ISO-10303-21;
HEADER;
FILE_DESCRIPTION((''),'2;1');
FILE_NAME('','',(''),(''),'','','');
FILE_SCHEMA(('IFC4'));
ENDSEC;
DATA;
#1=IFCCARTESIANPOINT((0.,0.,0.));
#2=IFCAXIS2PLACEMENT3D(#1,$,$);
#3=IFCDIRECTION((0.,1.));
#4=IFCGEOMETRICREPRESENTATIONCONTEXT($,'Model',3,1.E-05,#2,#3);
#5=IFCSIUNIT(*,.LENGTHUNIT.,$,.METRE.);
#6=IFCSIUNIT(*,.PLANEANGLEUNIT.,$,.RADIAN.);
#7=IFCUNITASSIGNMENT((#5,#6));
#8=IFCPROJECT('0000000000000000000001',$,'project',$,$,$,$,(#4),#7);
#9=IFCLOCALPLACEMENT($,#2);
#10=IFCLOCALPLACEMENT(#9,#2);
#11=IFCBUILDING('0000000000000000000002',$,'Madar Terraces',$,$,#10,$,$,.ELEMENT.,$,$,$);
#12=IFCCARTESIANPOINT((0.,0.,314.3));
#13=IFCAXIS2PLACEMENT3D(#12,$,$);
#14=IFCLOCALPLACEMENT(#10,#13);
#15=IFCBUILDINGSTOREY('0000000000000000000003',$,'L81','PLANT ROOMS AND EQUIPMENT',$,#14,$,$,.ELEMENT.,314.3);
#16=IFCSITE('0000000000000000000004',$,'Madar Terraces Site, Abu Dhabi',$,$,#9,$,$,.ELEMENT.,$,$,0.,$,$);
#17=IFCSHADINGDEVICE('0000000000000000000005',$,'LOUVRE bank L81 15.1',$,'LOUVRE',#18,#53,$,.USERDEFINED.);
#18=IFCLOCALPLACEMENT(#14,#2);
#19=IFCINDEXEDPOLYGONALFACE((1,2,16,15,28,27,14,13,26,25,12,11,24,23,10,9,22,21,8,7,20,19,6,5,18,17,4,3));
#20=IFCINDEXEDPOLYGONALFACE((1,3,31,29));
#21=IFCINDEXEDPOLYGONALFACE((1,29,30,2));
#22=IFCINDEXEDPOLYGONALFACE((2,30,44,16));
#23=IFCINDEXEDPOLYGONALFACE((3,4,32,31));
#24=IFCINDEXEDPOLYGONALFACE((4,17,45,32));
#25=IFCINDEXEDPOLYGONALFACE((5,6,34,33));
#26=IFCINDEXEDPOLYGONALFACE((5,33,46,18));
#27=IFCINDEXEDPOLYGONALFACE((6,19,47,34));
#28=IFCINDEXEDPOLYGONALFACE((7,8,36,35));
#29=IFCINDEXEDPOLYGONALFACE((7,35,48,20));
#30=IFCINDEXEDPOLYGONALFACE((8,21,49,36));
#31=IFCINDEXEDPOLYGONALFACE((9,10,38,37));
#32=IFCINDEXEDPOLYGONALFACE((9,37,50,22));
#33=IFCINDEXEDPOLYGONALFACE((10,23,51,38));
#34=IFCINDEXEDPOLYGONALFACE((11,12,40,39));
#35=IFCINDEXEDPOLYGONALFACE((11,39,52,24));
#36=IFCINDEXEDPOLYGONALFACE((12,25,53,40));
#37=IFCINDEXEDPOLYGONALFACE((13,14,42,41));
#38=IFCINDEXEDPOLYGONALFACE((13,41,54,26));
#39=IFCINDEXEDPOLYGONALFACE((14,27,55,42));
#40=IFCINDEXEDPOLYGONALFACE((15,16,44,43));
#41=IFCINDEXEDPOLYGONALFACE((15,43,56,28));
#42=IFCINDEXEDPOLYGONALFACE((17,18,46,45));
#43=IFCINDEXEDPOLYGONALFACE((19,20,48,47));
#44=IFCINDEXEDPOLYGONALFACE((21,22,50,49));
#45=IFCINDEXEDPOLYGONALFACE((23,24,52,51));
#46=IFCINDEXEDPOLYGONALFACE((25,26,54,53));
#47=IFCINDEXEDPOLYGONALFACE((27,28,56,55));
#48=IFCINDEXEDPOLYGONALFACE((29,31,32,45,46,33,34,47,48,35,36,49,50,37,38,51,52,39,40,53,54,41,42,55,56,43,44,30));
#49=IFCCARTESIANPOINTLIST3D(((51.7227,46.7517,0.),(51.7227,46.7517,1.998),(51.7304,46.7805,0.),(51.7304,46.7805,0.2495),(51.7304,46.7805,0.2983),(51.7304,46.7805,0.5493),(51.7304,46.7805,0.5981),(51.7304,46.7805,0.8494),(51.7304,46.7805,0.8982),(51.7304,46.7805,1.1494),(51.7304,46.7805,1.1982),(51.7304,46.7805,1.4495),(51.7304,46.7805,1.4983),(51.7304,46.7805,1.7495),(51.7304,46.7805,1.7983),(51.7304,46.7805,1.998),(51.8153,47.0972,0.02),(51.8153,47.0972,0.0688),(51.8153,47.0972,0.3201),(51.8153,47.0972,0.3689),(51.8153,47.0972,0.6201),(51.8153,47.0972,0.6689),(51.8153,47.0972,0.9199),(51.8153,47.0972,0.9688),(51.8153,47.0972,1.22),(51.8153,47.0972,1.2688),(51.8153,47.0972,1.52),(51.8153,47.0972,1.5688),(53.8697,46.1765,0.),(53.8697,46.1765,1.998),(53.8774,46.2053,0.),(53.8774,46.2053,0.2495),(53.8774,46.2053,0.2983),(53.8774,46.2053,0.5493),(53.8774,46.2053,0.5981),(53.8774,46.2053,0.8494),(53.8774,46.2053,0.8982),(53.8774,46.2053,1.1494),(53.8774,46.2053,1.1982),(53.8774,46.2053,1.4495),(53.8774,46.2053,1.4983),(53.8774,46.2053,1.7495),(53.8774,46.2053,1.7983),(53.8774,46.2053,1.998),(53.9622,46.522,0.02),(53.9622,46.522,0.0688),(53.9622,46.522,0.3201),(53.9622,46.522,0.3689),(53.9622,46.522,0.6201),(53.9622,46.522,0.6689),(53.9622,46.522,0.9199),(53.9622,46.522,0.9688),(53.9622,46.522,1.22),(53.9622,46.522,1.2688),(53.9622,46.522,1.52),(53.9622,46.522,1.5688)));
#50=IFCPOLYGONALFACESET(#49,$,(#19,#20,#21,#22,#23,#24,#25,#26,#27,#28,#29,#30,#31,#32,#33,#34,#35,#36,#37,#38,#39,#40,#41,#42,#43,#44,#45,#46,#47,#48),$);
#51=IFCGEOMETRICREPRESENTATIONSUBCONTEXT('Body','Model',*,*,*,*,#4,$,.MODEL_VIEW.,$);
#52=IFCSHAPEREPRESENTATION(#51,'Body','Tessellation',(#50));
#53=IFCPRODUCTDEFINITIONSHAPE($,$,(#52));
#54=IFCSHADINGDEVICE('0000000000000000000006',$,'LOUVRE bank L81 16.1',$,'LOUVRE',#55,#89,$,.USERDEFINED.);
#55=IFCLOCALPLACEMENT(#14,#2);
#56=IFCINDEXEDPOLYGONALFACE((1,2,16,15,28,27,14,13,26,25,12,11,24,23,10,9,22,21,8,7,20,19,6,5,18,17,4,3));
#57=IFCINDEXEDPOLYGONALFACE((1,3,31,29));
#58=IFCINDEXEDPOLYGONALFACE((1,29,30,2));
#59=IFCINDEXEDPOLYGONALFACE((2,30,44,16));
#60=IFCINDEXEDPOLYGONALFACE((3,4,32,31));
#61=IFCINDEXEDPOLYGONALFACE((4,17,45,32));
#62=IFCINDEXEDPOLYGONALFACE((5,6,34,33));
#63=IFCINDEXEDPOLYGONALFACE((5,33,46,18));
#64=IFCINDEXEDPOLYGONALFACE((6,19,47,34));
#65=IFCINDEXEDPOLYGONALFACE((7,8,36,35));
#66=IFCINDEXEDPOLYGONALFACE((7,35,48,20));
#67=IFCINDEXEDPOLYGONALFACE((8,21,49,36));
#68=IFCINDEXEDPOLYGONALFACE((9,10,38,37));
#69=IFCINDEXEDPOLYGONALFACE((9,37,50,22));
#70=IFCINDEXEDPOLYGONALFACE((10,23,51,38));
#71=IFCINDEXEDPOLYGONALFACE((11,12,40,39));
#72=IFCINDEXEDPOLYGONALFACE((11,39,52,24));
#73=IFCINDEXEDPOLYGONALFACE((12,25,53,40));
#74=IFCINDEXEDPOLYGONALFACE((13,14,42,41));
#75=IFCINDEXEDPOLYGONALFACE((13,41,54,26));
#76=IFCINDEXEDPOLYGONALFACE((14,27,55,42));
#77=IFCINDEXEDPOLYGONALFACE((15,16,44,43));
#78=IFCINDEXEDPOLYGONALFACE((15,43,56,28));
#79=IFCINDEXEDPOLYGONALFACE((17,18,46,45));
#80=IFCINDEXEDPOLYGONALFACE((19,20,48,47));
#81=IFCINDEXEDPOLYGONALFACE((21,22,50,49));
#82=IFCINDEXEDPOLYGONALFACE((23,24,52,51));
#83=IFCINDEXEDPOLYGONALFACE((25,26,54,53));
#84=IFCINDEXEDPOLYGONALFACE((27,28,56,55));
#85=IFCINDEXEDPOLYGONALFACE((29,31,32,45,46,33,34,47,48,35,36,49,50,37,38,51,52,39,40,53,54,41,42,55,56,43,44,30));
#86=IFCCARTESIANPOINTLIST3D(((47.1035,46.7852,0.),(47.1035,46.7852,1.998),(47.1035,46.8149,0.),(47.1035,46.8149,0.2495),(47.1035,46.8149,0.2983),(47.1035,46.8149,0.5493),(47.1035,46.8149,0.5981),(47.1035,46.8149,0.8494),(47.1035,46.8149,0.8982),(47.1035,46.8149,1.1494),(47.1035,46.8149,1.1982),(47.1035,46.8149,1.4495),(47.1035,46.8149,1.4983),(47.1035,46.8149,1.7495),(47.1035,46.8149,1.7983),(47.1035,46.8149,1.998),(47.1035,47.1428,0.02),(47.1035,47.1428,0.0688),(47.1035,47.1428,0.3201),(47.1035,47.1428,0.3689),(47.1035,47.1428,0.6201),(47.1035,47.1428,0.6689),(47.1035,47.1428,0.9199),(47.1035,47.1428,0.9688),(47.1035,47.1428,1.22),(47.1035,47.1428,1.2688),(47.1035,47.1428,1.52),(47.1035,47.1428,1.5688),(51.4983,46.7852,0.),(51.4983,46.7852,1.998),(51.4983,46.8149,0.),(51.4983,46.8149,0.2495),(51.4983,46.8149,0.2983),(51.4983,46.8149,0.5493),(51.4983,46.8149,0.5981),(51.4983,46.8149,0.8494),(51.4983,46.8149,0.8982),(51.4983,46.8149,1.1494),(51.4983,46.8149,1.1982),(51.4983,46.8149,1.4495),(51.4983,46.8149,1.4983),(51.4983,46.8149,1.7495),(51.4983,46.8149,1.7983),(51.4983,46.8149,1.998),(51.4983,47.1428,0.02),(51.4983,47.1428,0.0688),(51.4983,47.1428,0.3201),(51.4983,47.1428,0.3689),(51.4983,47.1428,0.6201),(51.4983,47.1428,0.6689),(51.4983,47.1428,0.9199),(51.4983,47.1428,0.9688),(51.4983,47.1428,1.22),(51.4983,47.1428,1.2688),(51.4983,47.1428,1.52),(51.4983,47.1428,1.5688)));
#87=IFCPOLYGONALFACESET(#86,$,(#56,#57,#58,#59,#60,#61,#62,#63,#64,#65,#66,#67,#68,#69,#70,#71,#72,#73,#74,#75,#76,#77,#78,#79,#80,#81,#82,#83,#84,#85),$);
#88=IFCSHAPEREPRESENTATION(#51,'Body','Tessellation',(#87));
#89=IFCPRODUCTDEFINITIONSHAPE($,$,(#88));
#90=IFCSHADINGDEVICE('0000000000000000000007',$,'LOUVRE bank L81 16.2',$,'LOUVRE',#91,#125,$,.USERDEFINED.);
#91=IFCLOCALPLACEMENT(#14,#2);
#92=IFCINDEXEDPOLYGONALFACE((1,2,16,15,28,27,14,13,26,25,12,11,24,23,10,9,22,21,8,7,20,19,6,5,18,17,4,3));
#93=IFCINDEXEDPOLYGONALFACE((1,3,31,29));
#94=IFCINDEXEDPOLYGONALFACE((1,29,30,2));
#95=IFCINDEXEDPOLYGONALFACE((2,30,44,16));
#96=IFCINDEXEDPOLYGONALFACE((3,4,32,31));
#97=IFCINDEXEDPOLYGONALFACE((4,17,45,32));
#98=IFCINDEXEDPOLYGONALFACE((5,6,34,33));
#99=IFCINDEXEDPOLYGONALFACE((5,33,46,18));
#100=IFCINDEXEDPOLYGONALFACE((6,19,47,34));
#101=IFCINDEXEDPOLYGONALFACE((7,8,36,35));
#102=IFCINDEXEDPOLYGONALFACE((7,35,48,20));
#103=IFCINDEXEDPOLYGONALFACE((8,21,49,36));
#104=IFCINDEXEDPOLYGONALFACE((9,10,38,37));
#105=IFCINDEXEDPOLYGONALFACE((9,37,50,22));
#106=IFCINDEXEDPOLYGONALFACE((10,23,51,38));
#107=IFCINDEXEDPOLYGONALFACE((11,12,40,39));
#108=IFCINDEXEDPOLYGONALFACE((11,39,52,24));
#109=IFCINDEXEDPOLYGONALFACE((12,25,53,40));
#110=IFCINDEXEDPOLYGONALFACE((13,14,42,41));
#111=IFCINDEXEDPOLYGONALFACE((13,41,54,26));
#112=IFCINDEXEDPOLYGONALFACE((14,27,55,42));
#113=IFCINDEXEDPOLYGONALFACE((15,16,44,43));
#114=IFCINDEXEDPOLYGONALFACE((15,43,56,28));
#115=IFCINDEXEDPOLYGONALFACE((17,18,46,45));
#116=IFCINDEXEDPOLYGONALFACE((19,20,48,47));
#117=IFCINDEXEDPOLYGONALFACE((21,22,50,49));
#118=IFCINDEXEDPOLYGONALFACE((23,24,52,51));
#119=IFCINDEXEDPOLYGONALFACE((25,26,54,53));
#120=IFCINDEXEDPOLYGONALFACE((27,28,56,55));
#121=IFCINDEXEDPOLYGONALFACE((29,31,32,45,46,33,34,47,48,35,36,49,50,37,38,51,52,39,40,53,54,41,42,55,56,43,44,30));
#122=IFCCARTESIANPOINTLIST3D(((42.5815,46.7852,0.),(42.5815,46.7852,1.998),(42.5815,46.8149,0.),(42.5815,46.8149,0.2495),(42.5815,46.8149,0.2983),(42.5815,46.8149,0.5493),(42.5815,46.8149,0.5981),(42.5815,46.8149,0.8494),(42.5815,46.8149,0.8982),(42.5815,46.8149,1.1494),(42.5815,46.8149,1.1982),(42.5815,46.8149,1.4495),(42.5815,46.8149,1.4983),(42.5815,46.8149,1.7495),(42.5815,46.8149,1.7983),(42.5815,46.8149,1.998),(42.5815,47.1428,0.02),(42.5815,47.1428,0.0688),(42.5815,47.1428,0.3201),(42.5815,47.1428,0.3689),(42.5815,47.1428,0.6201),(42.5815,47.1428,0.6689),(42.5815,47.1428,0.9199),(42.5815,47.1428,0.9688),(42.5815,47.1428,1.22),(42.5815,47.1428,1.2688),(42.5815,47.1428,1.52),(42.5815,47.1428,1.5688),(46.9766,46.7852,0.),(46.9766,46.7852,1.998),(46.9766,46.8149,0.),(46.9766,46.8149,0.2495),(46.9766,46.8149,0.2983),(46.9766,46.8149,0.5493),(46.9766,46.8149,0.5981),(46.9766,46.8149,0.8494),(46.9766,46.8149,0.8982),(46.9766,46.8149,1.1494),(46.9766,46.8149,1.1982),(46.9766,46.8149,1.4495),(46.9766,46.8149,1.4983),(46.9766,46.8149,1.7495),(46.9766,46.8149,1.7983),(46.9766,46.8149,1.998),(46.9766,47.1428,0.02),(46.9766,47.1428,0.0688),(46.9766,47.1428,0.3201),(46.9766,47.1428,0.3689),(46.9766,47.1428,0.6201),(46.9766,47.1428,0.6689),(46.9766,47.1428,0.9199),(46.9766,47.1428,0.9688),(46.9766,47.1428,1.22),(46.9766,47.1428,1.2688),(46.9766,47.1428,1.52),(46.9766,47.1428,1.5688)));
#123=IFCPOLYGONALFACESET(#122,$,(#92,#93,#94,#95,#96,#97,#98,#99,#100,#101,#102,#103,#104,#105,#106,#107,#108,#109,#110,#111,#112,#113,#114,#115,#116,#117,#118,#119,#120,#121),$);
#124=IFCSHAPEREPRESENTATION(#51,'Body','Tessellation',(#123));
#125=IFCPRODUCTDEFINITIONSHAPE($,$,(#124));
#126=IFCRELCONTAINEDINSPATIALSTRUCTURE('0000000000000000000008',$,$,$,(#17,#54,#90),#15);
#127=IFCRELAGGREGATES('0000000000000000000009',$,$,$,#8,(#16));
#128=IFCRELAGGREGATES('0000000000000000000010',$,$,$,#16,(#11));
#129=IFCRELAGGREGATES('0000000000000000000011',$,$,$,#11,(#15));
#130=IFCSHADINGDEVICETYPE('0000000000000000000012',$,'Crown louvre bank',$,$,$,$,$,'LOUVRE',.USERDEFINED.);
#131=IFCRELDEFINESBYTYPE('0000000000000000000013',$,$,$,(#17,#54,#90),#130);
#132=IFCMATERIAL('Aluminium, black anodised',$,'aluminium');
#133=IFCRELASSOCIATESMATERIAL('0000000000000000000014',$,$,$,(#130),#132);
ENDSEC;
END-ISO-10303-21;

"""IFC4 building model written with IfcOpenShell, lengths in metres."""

from ifc_helpers import new_model, si_unit, direction, frame, origin, place, context, subcontext, project, spatial, polyline, outline, extrude, material, type_object, element, save


model = new_model("IFC4")

# Units and contexts
model_context = context("Model", 3, precision=1e-05, world=origin(), true_north=direction((0.0, 1.0)))
body_context = subcontext(model_context, "Body", "Model", "MODEL_VIEW")
ifc_project = project(units=[si_unit("LENGTHUNIT", "METRE"), si_unit("PLANEANGLEUNIT", "RADIAN")], contexts=[model_context])

# Site, building, storey
site_placement = place(None, origin())
site = spatial("IfcSite", under=ifc_project, at=site_placement, Name="Madar Terraces Site, Abu Dhabi", CompositionType="ELEMENT", RefElevation=0.0)
building_placement = place(site_placement, origin())
building = spatial("IfcBuilding", under=site, at=building_placement, Name="Madar Terraces", CompositionType="ELEMENT")
storey_placement = place(building_placement, frame((0.0, 0.0, 314.3)))
storey = spatial("IfcBuildingStorey", under=building, at=storey_placement, Name="L81", Description="PLANT ROOMS AND EQUIPMENT", CompositionType="ELEMENT", Elevation=314.3)

# Shading devices
ifc_material_1 = material(Name="Aluminium, black anodised", Category="aluminium")
shading_device_type = type_object("IfcShadingDeviceType", Name="Crown louvre bank", ElementType="LOUVRE", PredefinedType="USERDEFINED", material=ifc_material_1)
shading_device_1_placement = place(storey_placement, frame((53.8735, 46.1909, 0.0), z_axis=(-0.965935, 0.258784, 0.0), x_axis=(-0.258784, -0.965935, 0.0)))
element("IfcShadingDevice", 1, at=shading_device_1_placement, inside=storey, type_object=shading_device_type, Name="LOUVRE bank L81 15.1", ObjectType="LOUVRE", PredefinedType="USERDEFINED", context=body_context, shape_type="SweptSolid", body=[
    extrude(outline(polyline([(0.0149, 0.0), (-0.0149, 0.0), (-0.0149, 0.2495), (-0.3428, 0.02), (-0.3428, 0.0688), (-0.0149, 0.2983), (-0.0149, 0.5493), (-0.3428, 0.3201), (-0.3428, 0.3689), (-0.0149, 0.5981), (-0.0149, 0.8494), (-0.3428, 0.6201), (-0.3428, 0.6689), (-0.0149, 0.8982), (-0.0149, 1.1494), (-0.3428, 0.9199), (-0.3428, 0.9688), (-0.0149, 1.1982), (-0.0149, 1.4495), (-0.3428, 1.22), (-0.3428, 1.2688), (-0.0149, 1.4983), (-0.0149, 1.7495), (-0.3428, 1.52), (-0.3428, 1.5688), (-0.0149, 1.7983), (-0.0149, 1.998), (0.0149, 1.998), (0.0149, 0.0)])), origin(), (0.0, 0.0, 1.0), 2.2227),
])
shading_device_2_placement = place(storey_placement, frame((51.4983, 46.8, 0.0), z_axis=(-1.0, 0.0, 0.0), x_axis=(0.0, -1.0, 0.0)))
element("IfcShadingDevice", 2, at=shading_device_2_placement, inside=storey, type_object=shading_device_type, Name="LOUVRE bank L81 16.1", ObjectType="LOUVRE", PredefinedType="USERDEFINED", context=body_context, shape_type="SweptSolid", body=[
    extrude(outline(polyline([(0.0149, 0.0), (-0.0149, 0.0), (-0.0149, 0.2495), (-0.3428, 0.02), (-0.3428, 0.0688), (-0.0149, 0.2983), (-0.0149, 0.5493), (-0.3428, 0.3201), (-0.3428, 0.3689), (-0.0149, 0.5981), (-0.0149, 0.8494), (-0.3428, 0.6201), (-0.3428, 0.6689), (-0.0149, 0.8982), (-0.0149, 1.1494), (-0.3428, 0.9199), (-0.3428, 0.9688), (-0.0149, 1.1982), (-0.0149, 1.4495), (-0.3428, 1.22), (-0.3428, 1.2688), (-0.0149, 1.4983), (-0.0149, 1.7495), (-0.3428, 1.52), (-0.3428, 1.5688), (-0.0149, 1.7983), (-0.0149, 1.998), (0.0149, 1.998), (0.0149, 0.0)])), origin(), (0.0, 0.0, 1.0), 4.3948),
])
shading_device_3_placement = place(storey_placement, frame((46.9766, 46.8, 0.0), z_axis=(-1.0, 0.0, 0.0), x_axis=(0.0, -1.0, 0.0)))
element("IfcShadingDevice", 3, at=shading_device_3_placement, inside=storey, type_object=shading_device_type, Name="LOUVRE bank L81 16.2", ObjectType="LOUVRE", PredefinedType="USERDEFINED", context=body_context, shape_type="SweptSolid", body=[
    extrude(outline(polyline([(0.0149, 0.0), (-0.0149, 0.0), (-0.0149, 0.2495), (-0.3428, 0.02), (-0.3428, 0.0688), (-0.0149, 0.2983), (-0.0149, 0.5493), (-0.3428, 0.3201), (-0.3428, 0.3689), (-0.0149, 0.5981), (-0.0149, 0.8494), (-0.3428, 0.6201), (-0.3428, 0.6689), (-0.0149, 0.8982), (-0.0149, 1.1494), (-0.3428, 0.9199), (-0.3428, 0.9688), (-0.0149, 1.1982), (-0.0149, 1.4495), (-0.3428, 1.22), (-0.3428, 1.2688), (-0.0149, 1.4983), (-0.0149, 1.7495), (-0.3428, 1.52), (-0.3428, 1.5688), (-0.0149, 1.7983), (-0.0149, 1.998), (0.0149, 1.998), (0.0149, 0.0)])), origin(), (0.0, 0.0, 1.0), 4.395),
])

save(model, "model.ifc")
